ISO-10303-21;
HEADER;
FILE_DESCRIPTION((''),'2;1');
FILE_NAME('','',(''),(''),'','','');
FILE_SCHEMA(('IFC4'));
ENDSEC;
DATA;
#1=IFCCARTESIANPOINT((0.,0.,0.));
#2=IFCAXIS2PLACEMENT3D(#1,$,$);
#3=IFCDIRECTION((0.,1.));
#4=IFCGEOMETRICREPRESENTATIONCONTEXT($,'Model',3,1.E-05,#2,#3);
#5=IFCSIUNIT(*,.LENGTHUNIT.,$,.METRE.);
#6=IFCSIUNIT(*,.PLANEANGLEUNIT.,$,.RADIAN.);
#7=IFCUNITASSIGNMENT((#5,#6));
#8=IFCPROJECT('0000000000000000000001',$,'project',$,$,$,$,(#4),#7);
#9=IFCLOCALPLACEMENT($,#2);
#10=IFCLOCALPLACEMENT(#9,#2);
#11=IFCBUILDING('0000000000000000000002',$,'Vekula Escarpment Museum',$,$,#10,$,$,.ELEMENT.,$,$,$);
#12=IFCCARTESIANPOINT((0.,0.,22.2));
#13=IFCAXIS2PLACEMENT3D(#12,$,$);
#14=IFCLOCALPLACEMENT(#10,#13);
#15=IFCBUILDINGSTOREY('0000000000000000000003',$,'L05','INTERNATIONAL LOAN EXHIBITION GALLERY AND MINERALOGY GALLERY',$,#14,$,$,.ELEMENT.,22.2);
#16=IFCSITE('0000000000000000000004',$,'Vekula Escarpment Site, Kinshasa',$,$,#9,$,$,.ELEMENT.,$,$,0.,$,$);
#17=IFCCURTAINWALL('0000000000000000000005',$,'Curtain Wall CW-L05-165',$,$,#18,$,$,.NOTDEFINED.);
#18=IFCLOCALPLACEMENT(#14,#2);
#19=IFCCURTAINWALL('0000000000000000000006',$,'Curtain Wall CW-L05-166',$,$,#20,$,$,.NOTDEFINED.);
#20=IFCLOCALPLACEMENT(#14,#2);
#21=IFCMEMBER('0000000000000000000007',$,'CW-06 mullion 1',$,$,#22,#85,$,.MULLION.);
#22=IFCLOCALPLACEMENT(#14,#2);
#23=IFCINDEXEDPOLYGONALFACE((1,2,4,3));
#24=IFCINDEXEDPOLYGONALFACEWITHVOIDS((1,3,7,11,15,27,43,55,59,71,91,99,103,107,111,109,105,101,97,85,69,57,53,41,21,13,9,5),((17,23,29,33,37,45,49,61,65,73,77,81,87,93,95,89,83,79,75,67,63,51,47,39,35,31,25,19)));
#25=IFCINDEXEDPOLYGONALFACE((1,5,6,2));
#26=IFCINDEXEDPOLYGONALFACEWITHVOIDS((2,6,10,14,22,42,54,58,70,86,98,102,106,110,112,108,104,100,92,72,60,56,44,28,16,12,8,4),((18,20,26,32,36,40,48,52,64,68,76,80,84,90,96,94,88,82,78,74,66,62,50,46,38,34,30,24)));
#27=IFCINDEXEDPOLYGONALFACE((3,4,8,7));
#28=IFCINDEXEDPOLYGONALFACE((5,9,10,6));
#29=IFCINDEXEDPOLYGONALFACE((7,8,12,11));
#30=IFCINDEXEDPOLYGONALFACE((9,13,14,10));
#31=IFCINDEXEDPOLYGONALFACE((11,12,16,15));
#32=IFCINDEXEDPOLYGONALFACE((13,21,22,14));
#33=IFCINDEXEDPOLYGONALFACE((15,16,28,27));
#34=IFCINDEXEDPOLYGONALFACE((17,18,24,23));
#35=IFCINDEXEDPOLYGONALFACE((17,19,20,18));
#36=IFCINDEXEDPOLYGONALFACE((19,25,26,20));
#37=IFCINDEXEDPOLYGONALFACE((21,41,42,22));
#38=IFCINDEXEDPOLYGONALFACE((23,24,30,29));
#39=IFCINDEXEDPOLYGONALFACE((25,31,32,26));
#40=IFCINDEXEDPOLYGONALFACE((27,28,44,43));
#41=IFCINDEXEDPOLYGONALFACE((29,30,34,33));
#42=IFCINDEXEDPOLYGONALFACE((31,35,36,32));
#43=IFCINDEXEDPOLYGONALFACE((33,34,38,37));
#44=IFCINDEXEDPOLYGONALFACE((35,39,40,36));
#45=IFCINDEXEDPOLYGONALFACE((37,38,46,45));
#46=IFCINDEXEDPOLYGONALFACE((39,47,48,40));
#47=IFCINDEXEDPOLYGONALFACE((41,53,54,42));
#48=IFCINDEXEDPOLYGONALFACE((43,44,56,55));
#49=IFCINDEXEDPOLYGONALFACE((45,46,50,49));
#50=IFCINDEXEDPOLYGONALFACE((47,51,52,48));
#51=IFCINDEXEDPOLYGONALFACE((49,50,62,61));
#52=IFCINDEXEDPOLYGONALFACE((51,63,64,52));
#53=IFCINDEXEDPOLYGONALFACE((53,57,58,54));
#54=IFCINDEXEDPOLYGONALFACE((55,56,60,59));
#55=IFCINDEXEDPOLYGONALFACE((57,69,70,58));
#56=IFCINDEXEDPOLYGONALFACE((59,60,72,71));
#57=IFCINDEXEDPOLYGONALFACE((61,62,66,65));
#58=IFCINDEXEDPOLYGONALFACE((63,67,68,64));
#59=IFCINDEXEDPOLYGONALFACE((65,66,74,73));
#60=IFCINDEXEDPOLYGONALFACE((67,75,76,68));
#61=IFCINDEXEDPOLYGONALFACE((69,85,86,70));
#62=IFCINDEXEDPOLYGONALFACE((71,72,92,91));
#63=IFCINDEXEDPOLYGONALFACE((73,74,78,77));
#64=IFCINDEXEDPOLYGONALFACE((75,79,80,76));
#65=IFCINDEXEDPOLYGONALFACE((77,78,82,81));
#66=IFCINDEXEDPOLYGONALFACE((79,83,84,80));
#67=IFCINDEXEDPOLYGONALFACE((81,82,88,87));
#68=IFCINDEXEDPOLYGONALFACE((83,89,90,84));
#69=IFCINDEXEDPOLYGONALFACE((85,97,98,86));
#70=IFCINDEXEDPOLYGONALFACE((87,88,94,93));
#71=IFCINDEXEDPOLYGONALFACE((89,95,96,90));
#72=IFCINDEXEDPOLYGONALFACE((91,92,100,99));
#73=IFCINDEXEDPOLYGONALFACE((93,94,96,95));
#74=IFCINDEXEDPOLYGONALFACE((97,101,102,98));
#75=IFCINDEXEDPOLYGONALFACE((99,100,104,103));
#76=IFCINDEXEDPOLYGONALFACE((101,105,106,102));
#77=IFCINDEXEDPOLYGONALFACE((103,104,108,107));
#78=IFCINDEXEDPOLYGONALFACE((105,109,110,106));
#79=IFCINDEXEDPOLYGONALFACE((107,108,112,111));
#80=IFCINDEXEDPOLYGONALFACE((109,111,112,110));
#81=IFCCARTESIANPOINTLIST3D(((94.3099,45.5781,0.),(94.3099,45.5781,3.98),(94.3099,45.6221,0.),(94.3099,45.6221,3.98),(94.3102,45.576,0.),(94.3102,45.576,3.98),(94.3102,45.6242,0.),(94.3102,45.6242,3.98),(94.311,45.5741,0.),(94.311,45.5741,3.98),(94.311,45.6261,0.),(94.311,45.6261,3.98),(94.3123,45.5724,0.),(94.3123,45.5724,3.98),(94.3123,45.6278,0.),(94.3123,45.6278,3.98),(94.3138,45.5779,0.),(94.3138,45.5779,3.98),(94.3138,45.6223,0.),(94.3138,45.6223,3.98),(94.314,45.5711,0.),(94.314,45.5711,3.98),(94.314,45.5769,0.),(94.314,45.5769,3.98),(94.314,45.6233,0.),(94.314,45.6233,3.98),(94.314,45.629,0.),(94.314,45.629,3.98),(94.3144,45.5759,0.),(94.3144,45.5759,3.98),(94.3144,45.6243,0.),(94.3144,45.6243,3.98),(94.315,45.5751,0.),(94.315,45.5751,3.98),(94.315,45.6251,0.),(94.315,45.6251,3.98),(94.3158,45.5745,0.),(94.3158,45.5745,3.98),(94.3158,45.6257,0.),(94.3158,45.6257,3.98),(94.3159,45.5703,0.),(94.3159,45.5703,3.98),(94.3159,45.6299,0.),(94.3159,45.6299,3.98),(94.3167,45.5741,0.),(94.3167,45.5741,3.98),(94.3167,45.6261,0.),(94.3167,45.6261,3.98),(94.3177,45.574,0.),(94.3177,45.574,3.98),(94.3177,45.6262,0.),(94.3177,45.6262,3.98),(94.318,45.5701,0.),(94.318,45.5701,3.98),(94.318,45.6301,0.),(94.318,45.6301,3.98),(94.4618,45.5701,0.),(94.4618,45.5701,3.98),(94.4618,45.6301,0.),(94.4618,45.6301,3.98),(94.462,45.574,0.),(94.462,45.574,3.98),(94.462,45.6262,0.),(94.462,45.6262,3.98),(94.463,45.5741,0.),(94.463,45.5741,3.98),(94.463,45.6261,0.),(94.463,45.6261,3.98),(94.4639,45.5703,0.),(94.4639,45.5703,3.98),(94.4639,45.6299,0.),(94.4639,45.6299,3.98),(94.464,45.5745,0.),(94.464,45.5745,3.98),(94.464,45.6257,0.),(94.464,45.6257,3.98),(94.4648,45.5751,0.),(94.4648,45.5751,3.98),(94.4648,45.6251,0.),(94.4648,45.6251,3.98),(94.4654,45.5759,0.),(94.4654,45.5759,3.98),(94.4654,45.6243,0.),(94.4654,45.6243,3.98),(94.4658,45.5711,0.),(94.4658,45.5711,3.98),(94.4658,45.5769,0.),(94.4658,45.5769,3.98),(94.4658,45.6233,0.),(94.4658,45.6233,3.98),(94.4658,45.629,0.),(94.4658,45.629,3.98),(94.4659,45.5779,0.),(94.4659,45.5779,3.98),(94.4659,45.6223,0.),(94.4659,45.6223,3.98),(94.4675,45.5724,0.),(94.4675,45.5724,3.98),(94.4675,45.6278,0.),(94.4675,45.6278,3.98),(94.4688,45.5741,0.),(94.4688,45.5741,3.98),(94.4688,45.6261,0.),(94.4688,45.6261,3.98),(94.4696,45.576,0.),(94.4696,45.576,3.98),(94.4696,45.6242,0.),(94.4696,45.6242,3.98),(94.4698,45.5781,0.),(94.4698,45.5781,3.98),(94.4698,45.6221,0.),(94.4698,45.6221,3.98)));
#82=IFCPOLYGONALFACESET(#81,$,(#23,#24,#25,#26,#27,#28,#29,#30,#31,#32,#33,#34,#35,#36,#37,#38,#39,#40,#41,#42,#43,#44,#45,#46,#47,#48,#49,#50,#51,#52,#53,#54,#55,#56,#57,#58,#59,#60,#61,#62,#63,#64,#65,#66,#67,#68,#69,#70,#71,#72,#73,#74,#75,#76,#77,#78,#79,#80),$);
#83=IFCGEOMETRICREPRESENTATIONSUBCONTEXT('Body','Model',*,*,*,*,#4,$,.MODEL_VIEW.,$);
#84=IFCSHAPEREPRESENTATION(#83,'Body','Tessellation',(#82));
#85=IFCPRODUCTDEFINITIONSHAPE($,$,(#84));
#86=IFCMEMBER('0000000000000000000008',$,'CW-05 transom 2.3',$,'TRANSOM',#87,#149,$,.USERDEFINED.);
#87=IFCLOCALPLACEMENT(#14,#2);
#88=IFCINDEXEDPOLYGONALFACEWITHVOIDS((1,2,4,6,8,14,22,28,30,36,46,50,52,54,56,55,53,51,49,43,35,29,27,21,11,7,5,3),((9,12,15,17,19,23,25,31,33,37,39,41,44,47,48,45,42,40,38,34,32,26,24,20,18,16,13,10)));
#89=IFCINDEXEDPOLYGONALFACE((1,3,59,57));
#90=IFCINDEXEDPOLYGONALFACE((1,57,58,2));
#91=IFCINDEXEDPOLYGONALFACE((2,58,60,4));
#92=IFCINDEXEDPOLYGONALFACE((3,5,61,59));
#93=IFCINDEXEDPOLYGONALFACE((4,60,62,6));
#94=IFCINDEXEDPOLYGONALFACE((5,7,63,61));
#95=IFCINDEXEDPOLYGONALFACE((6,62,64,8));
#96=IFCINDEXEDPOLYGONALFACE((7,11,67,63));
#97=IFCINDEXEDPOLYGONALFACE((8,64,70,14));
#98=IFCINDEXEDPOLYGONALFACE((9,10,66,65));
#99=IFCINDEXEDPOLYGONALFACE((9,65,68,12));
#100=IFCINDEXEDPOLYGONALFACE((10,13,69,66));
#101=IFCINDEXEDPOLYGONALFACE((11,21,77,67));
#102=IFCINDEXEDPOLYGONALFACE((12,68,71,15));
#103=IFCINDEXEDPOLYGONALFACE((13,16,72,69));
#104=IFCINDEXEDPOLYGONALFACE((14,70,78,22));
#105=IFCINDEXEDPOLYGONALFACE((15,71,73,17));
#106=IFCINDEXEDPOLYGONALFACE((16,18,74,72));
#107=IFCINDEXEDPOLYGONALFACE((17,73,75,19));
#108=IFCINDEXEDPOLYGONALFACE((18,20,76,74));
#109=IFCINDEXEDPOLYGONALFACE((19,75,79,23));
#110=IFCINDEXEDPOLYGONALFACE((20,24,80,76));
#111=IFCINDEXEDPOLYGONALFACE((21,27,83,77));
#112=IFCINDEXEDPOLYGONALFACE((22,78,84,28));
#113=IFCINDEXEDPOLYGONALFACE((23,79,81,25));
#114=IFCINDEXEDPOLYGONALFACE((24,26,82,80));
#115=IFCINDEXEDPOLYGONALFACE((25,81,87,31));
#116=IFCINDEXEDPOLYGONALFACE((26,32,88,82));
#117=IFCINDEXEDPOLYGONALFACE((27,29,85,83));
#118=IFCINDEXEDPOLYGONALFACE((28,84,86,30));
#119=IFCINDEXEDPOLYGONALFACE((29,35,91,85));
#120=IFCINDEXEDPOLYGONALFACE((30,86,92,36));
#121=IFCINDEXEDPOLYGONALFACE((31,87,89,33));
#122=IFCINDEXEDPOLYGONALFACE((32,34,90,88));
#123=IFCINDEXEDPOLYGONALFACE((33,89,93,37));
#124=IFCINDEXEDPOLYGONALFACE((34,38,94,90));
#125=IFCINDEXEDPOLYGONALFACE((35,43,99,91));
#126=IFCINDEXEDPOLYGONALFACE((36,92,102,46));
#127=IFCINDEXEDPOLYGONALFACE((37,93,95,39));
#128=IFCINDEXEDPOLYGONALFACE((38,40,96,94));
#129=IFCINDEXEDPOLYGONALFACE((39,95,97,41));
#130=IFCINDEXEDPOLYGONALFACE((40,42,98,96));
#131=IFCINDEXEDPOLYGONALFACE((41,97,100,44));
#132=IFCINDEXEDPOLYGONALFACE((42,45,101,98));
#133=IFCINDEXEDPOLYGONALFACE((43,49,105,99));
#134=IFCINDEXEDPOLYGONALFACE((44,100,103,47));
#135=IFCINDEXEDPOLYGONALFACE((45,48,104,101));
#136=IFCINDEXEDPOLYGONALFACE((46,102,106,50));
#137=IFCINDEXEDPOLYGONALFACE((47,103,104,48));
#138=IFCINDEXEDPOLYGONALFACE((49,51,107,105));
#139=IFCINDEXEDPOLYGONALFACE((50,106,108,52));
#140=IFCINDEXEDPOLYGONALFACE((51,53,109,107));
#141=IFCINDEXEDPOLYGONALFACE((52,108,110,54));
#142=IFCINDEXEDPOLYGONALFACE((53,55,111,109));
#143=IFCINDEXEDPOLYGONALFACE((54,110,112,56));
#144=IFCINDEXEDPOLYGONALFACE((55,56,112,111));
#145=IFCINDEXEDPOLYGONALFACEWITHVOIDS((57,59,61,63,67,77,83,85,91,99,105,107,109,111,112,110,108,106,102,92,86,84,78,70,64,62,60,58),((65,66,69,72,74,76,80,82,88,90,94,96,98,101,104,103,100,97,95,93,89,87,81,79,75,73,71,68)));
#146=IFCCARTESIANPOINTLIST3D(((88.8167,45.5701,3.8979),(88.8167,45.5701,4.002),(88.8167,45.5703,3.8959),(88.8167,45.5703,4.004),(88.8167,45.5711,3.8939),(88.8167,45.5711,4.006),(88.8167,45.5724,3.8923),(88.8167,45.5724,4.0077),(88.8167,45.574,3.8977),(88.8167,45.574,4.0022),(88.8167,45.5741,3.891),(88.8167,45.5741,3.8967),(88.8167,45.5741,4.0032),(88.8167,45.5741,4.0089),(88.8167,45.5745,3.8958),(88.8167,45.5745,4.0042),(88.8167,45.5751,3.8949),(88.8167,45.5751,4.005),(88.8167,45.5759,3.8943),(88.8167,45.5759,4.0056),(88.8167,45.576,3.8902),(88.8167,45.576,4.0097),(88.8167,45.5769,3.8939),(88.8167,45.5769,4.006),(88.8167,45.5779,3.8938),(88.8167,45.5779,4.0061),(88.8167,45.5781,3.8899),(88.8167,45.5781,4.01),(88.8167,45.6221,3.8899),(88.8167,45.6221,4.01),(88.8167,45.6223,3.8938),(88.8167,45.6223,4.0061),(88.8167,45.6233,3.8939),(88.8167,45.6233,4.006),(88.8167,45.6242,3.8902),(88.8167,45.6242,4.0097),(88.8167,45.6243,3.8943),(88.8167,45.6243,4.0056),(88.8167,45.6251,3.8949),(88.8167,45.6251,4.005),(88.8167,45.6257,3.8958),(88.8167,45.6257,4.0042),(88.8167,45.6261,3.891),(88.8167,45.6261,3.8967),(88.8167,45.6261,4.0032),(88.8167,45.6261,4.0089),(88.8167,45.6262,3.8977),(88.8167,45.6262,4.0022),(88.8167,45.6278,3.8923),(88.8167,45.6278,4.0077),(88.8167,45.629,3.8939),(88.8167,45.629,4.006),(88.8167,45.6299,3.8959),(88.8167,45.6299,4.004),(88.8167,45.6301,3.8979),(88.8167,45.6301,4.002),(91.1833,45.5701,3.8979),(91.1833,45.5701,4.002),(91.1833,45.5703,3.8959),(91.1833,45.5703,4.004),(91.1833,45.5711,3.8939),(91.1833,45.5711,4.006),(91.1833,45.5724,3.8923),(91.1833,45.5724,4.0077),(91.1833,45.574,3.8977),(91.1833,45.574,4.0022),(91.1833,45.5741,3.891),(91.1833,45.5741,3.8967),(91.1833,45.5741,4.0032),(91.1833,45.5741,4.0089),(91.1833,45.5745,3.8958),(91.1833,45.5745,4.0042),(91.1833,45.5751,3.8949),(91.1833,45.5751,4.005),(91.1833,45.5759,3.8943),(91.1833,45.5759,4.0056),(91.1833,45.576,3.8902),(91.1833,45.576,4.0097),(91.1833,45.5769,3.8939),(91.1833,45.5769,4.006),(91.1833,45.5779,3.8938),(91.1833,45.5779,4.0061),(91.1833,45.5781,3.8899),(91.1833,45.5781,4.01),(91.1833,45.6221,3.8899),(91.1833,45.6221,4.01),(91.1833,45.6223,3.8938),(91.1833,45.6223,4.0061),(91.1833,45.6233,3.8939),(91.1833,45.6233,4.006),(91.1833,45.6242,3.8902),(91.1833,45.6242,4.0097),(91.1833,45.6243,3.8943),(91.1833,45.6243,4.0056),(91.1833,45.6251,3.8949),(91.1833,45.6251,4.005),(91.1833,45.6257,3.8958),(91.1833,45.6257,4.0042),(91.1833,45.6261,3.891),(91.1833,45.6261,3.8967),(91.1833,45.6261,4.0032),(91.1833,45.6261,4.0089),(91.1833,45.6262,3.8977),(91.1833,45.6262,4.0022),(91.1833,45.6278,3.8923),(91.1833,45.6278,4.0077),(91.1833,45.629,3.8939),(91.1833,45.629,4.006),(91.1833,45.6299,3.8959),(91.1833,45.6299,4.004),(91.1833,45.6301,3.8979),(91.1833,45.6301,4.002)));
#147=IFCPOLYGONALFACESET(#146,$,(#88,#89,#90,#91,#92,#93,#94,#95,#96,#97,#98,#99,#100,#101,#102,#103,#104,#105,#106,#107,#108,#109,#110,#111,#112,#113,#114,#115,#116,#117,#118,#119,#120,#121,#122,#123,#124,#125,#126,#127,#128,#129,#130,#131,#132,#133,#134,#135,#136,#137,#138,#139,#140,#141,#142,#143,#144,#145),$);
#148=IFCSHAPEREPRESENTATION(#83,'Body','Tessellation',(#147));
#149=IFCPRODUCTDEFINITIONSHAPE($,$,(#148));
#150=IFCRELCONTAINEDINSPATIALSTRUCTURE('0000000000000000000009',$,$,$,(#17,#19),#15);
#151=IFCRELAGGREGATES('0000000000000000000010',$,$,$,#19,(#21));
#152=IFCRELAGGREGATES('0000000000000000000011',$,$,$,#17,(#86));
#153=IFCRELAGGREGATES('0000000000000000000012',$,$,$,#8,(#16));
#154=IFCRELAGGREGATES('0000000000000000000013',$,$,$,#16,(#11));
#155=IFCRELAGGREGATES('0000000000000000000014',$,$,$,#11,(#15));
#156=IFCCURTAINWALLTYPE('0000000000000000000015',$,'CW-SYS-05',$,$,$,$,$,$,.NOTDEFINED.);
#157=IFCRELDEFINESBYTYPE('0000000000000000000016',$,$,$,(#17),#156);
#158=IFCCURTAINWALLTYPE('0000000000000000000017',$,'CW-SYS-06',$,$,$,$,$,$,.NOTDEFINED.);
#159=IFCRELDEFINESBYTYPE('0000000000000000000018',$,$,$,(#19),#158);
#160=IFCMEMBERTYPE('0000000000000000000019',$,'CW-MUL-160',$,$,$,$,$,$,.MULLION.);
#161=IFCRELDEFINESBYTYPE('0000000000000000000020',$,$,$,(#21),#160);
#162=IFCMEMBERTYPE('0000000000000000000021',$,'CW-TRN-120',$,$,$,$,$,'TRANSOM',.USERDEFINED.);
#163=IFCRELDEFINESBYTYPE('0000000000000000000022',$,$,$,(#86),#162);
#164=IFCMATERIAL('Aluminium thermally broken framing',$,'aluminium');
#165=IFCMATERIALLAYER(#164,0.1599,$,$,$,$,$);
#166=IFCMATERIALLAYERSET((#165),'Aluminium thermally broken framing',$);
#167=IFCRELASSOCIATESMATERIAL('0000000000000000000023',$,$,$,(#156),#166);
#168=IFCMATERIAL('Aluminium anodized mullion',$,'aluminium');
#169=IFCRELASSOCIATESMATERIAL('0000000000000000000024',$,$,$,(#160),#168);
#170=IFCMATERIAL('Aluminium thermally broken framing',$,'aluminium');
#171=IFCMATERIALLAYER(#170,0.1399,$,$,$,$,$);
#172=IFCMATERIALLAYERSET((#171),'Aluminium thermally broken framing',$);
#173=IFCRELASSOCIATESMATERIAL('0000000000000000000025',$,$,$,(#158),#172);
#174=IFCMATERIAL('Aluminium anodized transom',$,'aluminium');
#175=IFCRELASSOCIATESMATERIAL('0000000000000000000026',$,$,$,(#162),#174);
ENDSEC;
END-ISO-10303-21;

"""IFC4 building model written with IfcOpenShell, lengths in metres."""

from ifc_helpers import new_model, si_unit, direction, frame, origin, origin_2d, place, context, subcontext, project, spatial, hollow_rectangle, extrude, material, layer, layer_set, material_profile, profile_set, type_object, element, aggregate, save


model = new_model("IFC4")

# Units and contexts
model_context = context("Model", 3, precision=1e-05, world=origin(), true_north=direction((0.0, 1.0)))
body_context = subcontext(model_context, "Body", "Model", "MODEL_VIEW")
ifc_project = project(units=[si_unit("LENGTHUNIT", "METRE"), si_unit("PLANEANGLEUNIT", "RADIAN")], contexts=[model_context])

# Site, building, storey
site_placement = place(None, origin())
site = spatial("IfcSite", under=ifc_project, at=site_placement, Name="Vekula Escarpment Site, Kinshasa", CompositionType="ELEMENT", RefElevation=0.0)
building_placement = place(site_placement, origin())
building = spatial("IfcBuilding", under=site, at=building_placement, Name="Vekula Escarpment Museum", CompositionType="ELEMENT")
storey_placement = place(building_placement, frame((0.0, 0.0, 22.2)))
storey = spatial("IfcBuildingStorey", under=building, at=storey_placement, Name="L05", Description="INTERNATIONAL LOAN EXHIBITION GALLERY AND MINERALOGY GALLERY", CompositionType="ELEMENT", Elevation=22.2)

# Curtain wall
ifc_material_1 = material(Name="Aluminium thermally broken framing", Category="aluminium")
ifc_layer_1 = layer(ifc_material_1, 0.1599)
ifc_layer_set_1 = layer_set([ifc_layer_1], Name="Aluminium thermally broken framing")
curtain_wall_type_1 = type_object("IfcCurtainWallType", Name="CW-SYS-05", PredefinedType="NOTDEFINED", material=ifc_layer_set_1)
curtain_wall_1_placement = place(storey_placement, origin())
curtain_wall_1 = element("IfcCurtainWall", 1, at=curtain_wall_1_placement, inside=storey, type_object=curtain_wall_type_1, Name="Curtain Wall CW-L05-165", PredefinedType="NOTDEFINED")
ifc_material_2 = material(Name="Aluminium anodized mullion", Category="aluminium")
ifc_material_profile_1 = material_profile(ifc_material_2, hollow_rectangle(XDim=0.0601, YDim=0.1599, WallThickness=0.0039, InnerFilletRadius=0.0039, OuterFilletRadius=0.0081, at=origin_2d()), Name="ALU 160x60x4")
ifc_profile_set_1 = profile_set([ifc_material_profile_1], Name="Aluminium anodized mullion")
member_type_1 = type_object("IfcMemberType", Name="CW-MUL-160", PredefinedType="MULLION", material=ifc_profile_set_1)

# Curtain wall, member
ifc_material_3 = material(Name="Aluminium thermally broken framing", Category="aluminium")
ifc_layer_2 = layer(ifc_material_3, 0.1399)
ifc_layer_set_2 = layer_set([ifc_layer_2], Name="Aluminium thermally broken framing")
curtain_wall_type_2 = type_object("IfcCurtainWallType", Name="CW-SYS-06", PredefinedType="NOTDEFINED", material=ifc_layer_set_2)
curtain_wall_2_placement = place(storey_placement, origin())
curtain_wall_2 = element("IfcCurtainWall", 2, at=curtain_wall_2_placement, inside=storey, type_object=curtain_wall_type_2, Name="Curtain Wall CW-L05-166", PredefinedType="NOTDEFINED")
member_1_placement = place(storey_placement, frame((94.3899, 45.6001, 0.0), z_axis=(0.0, 0.0, 1.0), x_axis=(0.0, 1.0, 0.0)))
member_1 = element("IfcMember", 3, at=member_1_placement, type_object=member_type_1, Name="CW-06 mullion 1", PredefinedType="MULLION", context=body_context, shape_type="SweptSolid", body=[
    extrude(hollow_rectangle(XDim=0.0601, YDim=0.1599, WallThickness=0.0039, InnerFilletRadius=0.0039, OuterFilletRadius=0.0081, at=origin_2d()), origin(), (0.0, 0.0, 1.0), 3.98),
])

# Member
ifc_material_4 = material(Name="Aluminium anodized transom", Category="aluminium")
ifc_material_profile_2 = material_profile(ifc_material_4, hollow_rectangle(XDim=0.0601, YDim=0.1201, WallThickness=0.0039, InnerFilletRadius=0.0039, OuterFilletRadius=0.0081, at=origin_2d()), Name="ALU 120x60x4")
ifc_profile_set_2 = profile_set([ifc_material_profile_2], Name="Aluminium anodized transom")
member_type_2 = type_object("IfcMemberType", Name="CW-TRN-120", ElementType="TRANSOM", PredefinedType="USERDEFINED", material=ifc_profile_set_2)
member_2_placement = place(storey_placement, frame((88.8167, 45.6001, 3.95), z_axis=(1.0, 0.0, 0.0), x_axis=(0.0, 1.0, 0.0)))
member_2 = element("IfcMember", 4, at=member_2_placement, type_object=member_type_2, Name="CW-05 transom 2.3", ObjectType="TRANSOM", PredefinedType="USERDEFINED", context=body_context, shape_type="SweptSolid", body=[
    extrude(hollow_rectangle(XDim=0.0601, YDim=0.1201, WallThickness=0.0039, InnerFilletRadius=0.0039, OuterFilletRadius=0.0081, at=origin_2d()), origin(), (0.0, 0.0, 1.0), 2.3667),
])
aggregate(curtain_wall_2, [member_1])

aggregate(curtain_wall_1, [member_2])

save(model, "model.ifc")
